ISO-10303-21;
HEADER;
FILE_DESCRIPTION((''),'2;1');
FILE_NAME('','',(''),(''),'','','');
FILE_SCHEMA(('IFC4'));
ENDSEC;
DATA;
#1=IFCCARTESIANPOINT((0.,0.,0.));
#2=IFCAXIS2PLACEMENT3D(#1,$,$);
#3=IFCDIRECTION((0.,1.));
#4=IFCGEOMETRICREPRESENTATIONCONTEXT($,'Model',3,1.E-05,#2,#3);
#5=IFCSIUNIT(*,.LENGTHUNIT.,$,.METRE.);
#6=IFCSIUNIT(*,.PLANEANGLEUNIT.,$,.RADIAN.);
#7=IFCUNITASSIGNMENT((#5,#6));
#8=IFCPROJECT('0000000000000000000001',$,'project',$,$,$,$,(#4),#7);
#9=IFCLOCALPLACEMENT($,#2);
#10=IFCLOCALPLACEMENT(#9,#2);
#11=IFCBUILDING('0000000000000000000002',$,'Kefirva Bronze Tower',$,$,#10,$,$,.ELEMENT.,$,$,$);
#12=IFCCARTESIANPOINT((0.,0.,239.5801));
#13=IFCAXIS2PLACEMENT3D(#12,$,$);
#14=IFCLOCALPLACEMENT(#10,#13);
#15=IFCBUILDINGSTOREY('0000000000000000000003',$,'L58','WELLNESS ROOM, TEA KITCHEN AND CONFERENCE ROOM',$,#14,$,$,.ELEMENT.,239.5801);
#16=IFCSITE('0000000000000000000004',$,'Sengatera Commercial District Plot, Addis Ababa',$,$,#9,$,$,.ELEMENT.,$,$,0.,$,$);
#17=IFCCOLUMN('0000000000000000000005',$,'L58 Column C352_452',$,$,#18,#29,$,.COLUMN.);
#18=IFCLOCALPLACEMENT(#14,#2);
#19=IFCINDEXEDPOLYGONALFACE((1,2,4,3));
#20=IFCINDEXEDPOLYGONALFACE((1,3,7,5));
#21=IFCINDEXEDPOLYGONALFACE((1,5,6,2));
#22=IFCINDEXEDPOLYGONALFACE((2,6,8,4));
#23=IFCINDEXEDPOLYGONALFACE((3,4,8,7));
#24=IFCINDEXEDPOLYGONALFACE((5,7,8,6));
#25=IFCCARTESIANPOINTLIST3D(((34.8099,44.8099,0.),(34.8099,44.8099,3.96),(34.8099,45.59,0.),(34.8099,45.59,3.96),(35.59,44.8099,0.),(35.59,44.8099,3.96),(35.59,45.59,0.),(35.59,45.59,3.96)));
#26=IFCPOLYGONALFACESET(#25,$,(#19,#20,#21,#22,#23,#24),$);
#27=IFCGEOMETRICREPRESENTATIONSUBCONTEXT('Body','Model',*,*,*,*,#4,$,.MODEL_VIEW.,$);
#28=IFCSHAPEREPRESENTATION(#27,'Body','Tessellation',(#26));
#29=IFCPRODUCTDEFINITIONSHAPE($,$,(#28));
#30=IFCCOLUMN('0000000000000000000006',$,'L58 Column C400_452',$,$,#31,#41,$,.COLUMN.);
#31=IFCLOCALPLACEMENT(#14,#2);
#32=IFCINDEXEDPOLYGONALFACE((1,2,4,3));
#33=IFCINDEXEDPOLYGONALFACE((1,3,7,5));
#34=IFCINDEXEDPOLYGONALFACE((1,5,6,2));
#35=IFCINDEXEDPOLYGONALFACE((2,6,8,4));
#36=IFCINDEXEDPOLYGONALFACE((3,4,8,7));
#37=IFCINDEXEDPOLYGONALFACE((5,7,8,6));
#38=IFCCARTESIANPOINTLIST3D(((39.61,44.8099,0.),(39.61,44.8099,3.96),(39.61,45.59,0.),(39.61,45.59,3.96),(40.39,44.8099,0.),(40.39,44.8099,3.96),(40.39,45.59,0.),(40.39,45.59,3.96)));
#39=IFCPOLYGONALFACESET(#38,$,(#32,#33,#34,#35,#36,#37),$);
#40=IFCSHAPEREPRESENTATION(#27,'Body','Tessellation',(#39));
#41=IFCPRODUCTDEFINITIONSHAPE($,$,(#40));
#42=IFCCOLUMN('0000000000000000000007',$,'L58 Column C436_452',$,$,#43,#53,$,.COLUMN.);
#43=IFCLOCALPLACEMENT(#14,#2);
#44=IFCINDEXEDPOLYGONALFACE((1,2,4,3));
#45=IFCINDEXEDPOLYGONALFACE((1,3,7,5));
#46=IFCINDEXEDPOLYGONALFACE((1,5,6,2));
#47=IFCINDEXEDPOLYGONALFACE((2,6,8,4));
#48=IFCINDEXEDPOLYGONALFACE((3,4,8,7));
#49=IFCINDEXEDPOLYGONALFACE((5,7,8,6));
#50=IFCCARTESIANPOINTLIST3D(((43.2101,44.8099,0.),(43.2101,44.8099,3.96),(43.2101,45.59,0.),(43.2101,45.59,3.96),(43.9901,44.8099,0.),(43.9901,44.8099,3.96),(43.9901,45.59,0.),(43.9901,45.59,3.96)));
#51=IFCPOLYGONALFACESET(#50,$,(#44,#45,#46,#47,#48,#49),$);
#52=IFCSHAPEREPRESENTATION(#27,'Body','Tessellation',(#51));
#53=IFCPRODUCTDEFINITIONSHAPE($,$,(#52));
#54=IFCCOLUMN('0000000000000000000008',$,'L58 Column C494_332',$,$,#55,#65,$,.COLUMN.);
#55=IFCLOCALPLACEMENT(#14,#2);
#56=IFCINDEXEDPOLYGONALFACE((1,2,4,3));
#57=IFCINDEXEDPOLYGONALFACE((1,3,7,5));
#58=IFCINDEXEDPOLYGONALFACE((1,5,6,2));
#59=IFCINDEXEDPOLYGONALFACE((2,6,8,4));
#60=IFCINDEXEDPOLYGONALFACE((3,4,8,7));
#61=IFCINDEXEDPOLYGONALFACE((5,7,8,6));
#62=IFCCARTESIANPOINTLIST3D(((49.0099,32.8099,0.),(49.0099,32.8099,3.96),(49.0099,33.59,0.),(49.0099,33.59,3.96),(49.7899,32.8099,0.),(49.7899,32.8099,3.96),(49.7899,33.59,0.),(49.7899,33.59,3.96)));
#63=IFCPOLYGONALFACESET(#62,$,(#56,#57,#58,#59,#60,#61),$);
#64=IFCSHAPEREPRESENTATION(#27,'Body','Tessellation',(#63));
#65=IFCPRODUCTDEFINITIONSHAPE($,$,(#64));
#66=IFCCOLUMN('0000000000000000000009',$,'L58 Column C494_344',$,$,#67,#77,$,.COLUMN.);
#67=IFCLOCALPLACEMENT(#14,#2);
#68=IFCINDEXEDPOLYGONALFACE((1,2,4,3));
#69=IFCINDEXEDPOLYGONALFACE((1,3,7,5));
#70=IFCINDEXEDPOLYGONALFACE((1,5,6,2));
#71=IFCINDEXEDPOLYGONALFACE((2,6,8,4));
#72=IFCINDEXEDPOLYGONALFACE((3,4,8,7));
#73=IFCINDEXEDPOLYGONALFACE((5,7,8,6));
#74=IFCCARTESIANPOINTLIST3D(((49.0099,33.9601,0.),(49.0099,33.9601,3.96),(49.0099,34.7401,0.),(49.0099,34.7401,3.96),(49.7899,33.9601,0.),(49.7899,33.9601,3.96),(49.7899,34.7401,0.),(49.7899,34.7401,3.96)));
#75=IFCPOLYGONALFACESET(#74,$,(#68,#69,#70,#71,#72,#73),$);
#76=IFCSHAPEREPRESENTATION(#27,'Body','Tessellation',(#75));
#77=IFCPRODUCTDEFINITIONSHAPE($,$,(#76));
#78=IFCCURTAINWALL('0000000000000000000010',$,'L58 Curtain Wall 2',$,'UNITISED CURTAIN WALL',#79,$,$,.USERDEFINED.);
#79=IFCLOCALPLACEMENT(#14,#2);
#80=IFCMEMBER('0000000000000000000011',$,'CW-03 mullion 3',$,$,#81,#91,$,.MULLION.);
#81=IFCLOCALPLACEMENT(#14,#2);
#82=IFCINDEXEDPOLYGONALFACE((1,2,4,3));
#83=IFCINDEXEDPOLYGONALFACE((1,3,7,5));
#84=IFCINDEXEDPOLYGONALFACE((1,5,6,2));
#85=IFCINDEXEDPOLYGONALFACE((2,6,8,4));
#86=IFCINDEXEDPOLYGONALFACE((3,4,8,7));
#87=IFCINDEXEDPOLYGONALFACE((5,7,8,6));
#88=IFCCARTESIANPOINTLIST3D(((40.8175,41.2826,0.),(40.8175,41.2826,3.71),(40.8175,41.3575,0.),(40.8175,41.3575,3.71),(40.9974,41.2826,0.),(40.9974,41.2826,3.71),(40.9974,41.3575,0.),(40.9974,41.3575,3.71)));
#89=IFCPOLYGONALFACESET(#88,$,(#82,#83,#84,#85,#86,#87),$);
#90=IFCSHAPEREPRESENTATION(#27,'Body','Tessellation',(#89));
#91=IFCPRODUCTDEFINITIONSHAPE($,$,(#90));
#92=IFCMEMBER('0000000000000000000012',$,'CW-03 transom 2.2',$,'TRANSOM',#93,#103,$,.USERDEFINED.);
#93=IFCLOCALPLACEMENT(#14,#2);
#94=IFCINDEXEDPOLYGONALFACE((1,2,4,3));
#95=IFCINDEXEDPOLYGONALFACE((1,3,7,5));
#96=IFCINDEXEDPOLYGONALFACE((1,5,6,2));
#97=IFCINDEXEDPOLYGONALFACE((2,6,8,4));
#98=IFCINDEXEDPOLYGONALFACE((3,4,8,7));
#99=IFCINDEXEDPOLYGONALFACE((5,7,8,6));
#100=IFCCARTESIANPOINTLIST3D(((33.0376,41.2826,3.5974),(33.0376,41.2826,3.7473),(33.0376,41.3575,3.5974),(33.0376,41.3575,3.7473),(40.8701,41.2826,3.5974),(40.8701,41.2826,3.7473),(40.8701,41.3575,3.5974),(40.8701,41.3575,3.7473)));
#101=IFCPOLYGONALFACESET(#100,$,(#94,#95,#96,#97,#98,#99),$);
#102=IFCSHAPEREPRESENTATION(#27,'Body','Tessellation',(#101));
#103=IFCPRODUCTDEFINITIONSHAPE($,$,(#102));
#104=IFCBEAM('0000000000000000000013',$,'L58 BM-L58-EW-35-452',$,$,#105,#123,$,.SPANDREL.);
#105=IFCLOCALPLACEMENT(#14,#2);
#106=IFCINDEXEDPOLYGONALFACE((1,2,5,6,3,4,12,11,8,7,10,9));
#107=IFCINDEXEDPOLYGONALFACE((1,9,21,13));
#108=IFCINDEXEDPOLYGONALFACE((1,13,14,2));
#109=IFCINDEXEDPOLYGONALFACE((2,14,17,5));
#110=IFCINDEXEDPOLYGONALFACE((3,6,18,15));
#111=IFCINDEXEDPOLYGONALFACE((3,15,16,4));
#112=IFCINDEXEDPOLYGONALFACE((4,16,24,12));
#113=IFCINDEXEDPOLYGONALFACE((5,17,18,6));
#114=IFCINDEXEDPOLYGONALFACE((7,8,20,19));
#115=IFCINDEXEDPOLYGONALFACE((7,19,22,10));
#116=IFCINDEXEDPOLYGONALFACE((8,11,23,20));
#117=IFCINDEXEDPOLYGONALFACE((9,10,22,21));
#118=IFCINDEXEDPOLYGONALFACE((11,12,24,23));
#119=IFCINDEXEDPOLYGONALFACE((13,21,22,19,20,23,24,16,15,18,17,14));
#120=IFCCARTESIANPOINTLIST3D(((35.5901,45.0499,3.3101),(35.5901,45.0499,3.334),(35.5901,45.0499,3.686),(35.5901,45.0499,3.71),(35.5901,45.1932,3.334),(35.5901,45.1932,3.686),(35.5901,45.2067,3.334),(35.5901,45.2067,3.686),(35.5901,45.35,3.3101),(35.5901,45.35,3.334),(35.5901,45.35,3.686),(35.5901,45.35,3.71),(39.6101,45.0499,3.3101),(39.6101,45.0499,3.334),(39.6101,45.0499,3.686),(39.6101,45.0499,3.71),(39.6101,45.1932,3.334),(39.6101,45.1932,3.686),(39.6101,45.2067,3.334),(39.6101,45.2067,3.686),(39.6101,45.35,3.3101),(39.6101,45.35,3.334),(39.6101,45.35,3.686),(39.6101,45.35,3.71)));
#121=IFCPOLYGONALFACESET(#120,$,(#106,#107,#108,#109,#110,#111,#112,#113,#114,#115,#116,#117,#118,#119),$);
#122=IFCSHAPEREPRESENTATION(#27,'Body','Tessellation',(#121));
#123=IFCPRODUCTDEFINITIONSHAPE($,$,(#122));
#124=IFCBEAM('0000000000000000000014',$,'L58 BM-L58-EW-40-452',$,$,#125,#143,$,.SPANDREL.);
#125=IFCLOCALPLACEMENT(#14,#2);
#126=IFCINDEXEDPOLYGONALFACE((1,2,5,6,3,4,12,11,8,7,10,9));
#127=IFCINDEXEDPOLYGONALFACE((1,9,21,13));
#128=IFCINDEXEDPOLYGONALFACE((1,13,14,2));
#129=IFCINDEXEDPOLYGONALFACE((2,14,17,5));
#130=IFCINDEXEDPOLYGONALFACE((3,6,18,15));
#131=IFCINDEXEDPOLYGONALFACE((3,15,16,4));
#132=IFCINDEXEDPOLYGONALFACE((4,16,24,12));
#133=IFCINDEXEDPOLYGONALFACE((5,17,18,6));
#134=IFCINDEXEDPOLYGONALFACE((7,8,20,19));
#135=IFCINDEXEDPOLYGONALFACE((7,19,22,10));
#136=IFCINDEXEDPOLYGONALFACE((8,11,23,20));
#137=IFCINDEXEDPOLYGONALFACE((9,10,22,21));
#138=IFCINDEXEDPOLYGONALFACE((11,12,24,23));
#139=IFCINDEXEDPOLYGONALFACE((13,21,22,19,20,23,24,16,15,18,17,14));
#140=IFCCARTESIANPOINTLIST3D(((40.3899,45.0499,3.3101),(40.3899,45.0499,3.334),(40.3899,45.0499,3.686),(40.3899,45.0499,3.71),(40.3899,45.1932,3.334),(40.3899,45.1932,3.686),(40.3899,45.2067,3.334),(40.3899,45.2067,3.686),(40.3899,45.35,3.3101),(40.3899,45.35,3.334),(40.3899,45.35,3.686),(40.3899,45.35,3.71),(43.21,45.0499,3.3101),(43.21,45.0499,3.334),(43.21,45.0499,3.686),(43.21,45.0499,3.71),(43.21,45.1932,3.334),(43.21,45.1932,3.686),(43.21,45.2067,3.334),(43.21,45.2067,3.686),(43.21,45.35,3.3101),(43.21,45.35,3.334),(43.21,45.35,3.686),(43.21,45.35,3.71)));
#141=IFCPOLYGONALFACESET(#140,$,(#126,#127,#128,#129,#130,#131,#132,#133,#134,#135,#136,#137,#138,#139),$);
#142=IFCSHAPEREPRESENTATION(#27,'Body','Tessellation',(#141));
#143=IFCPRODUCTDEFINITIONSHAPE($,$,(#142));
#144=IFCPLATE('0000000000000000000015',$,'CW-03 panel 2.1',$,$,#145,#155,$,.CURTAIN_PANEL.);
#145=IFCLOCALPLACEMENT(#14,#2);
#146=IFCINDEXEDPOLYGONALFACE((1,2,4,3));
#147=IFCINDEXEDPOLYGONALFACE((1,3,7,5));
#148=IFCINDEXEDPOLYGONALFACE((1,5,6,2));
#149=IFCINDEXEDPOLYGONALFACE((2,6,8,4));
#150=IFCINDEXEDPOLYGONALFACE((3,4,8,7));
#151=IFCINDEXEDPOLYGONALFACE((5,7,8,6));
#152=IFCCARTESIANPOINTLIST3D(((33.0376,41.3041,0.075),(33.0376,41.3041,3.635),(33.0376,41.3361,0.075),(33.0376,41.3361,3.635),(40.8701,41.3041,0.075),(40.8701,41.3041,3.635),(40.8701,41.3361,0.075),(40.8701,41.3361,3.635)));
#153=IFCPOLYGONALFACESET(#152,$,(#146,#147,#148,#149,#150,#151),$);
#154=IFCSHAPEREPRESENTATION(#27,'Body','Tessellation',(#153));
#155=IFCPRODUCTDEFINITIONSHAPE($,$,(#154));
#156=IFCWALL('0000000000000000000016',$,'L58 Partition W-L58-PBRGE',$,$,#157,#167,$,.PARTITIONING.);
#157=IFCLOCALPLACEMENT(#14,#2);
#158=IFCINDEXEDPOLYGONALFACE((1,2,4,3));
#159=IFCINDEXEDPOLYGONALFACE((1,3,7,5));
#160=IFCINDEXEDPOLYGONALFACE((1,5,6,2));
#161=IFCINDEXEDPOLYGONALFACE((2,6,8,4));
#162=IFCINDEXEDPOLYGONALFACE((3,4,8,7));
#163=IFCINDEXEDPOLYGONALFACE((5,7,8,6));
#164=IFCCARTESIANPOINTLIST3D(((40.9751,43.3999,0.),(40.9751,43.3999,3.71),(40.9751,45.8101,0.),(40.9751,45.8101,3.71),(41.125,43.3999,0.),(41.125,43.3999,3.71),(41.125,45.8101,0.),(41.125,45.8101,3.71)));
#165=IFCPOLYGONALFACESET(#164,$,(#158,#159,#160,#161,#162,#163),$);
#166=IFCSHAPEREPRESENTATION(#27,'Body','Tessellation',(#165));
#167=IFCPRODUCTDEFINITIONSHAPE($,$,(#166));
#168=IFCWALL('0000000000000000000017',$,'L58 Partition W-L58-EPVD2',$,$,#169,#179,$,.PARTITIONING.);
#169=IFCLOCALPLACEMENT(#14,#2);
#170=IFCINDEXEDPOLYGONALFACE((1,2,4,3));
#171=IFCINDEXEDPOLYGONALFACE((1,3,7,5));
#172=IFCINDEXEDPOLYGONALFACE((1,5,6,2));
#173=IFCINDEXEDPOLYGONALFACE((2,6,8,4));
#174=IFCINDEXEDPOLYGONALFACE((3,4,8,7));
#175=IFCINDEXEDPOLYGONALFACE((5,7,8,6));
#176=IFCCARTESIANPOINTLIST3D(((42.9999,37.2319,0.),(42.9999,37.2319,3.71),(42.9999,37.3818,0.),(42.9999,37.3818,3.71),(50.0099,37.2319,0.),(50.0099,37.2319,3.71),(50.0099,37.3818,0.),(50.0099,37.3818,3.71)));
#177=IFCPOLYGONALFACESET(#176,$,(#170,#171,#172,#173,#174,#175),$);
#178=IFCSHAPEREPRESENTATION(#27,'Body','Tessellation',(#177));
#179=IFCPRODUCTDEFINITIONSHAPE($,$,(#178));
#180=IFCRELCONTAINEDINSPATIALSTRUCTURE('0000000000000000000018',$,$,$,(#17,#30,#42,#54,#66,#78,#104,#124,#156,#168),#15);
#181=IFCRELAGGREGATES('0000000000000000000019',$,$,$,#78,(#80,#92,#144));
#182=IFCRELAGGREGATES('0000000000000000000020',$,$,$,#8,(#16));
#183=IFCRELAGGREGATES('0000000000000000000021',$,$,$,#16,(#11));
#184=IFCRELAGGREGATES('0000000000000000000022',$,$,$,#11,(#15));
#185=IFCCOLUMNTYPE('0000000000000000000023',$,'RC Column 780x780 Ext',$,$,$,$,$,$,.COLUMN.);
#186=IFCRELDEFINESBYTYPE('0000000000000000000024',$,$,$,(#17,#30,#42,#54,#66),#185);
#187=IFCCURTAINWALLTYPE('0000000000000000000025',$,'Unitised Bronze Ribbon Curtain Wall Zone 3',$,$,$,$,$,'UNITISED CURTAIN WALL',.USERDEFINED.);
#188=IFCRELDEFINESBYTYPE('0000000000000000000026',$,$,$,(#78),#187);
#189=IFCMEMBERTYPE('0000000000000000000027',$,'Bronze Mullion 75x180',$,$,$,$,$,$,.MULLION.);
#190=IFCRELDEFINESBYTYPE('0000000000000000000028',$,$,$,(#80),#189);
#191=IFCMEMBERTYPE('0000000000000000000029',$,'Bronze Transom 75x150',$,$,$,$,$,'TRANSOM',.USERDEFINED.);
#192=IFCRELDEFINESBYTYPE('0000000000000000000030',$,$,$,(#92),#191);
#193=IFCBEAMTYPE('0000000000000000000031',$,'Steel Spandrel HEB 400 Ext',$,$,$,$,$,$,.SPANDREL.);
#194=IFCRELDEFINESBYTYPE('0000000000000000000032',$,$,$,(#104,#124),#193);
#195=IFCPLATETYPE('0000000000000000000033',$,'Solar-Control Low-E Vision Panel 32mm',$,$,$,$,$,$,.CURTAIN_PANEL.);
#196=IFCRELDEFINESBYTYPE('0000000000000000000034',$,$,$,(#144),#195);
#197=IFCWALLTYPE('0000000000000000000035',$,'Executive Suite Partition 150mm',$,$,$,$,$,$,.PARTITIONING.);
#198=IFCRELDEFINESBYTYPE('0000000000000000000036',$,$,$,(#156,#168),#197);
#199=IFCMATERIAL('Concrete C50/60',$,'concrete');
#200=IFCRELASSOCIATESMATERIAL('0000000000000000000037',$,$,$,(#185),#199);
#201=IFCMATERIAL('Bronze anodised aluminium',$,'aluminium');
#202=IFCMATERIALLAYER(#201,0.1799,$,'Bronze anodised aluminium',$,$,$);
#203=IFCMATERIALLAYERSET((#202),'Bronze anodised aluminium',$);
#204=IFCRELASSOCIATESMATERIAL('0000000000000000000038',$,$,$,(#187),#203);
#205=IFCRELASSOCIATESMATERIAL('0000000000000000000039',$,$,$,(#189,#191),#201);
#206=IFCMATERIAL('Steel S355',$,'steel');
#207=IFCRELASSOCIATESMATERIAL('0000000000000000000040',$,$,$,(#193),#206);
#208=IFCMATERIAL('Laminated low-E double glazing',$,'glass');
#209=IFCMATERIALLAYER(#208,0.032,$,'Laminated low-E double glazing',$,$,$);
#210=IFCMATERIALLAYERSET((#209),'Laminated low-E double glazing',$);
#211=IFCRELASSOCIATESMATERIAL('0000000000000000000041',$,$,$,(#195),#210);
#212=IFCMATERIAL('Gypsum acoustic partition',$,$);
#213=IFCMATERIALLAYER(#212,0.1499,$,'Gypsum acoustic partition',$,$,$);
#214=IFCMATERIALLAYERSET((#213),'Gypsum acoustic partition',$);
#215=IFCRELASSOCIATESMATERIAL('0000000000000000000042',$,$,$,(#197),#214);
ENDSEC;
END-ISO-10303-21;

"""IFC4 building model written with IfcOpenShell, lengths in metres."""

from ifc_helpers import new_model, si_unit, direction, frame, frame_2d, origin, origin_2d, place, context, subcontext, project, spatial, rectangle, i_section, extrude, material, layer, layer_set, material_profile, profile_set, type_object, element, aggregate, save


model = new_model("IFC4")

# Units and contexts
model_context = context("Model", 3, precision=1e-05, world=origin(), true_north=direction((0.0, 1.0)))
body_context = subcontext(model_context, "Body", "Model", "MODEL_VIEW")
ifc_project = project(units=[si_unit("LENGTHUNIT", "METRE"), si_unit("PLANEANGLEUNIT", "RADIAN")], contexts=[model_context])

# Site, building, storey
site_placement = place(None, origin())
site = spatial("IfcSite", under=ifc_project, at=site_placement, Name="Sengatera Commercial District Plot, Addis Ababa", CompositionType="ELEMENT", RefElevation=0.0)
building_placement = place(site_placement, origin())
building = spatial("IfcBuilding", under=site, at=building_placement, Name="Kefirva Bronze Tower", CompositionType="ELEMENT")
storey_placement = place(building_placement, frame((0.0, 0.0, 239.5801)))
storey = spatial("IfcBuildingStorey", under=building, at=storey_placement, Name="L58", Description="WELLNESS ROOM, TEA KITCHEN AND CONFERENCE ROOM", CompositionType="ELEMENT", Elevation=239.5801)

# Columns
ifc_material_1 = material(Name="Concrete C50/60", Category="concrete")
ifc_material_profile_1 = material_profile(ifc_material_1, rectangle(XDim=0.78, YDim=0.78, at=origin_2d()), Name="RC 780x780")
ifc_profile_set_1 = profile_set([ifc_material_profile_1], Name="Concrete C50/60")
column_type = type_object("IfcColumnType", Name="RC Column 780x780 Ext", PredefinedType="COLUMN", material=ifc_profile_set_1)
for number, where, z_axis, x_axis, name in (
    (1, (35.2, 45.2, 0.0), (0.0, 0.0, 1.0), (1.0, 0.0, 0.0), "L58 Column C352_452"),
    (2, (40.0, 45.2, 0.0), (0.0, 0.0, 1.0), (1.0, 0.0, 0.0), "L58 Column C400_452"),
    (3, (43.6001, 45.2, 0.0), (0.0, 0.0, 1.0), (1.0, 0.0, 0.0), "L58 Column C436_452"),
    (4, (49.3999, 33.2, 0.0), (0.0, 0.0, 1.0), (1.0, 0.0, 0.0), "L58 Column C494_332"),
    (5, (49.3999, 34.3501, 0.0), (0.0, 0.0, 1.0), (1.0, 0.0, 0.0), "L58 Column C494_344"),
):
    element("IfcColumn", number, at=place(storey_placement, frame(where, z_axis=z_axis, x_axis=x_axis)), inside=storey, type_object=column_type, Name=name, PredefinedType="COLUMN", context=body_context, shape_type="SweptSolid", body=[
        extrude(rectangle(XDim=0.78, YDim=0.78, at=origin_2d()), origin(), (0.0, 0.0, 1.0), 3.96),
    ])

# Curtain wall, members
ifc_material_2 = material(Name="Bronze anodised aluminium", Category="aluminium")
ifc_layer_1 = layer(ifc_material_2, 0.1799, Name="Bronze anodised aluminium")
ifc_layer_set_1 = layer_set([ifc_layer_1], Name="Bronze anodised aluminium")
curtain_wall_type = type_object("IfcCurtainWallType", Name="Unitised Bronze Ribbon Curtain Wall Zone 3", ElementType="UNITISED CURTAIN WALL", PredefinedType="USERDEFINED", material=ifc_layer_set_1)
curtain_wall_placement = place(storey_placement, origin())
curtain_wall = element("IfcCurtainWall", 6, at=curtain_wall_placement, inside=storey, type_object=curtain_wall_type, Name="L58 Curtain Wall 2", ObjectType="UNITISED CURTAIN WALL", PredefinedType="USERDEFINED")
ifc_material_profile_2 = material_profile(ifc_material_2, rectangle(XDim=0.075, YDim=0.1799, at=origin_2d()), Name="ALU 75x180")
ifc_profile_set_2 = profile_set([ifc_material_profile_2], Name="Bronze anodised aluminium")
member_type_1 = type_object("IfcMemberType", Name="Bronze Mullion 75x180", PredefinedType="MULLION", material=ifc_profile_set_2)
member_1_placement = place(storey_placement, frame((40.9075, 41.3201, 0.0), z_axis=(0.0, 0.0, 1.0), x_axis=(0.0, 1.0, 0.0)))
member_1 = element("IfcMember", 7, at=member_1_placement, type_object=member_type_1, Name="CW-03 mullion 3", PredefinedType="MULLION", context=body_context, shape_type="SweptSolid", body=[
    extrude(rectangle(XDim=0.075, YDim=0.1799, at=origin_2d()), origin(), (0.0, 0.0, 1.0), 3.71),
])
ifc_material_profile_3 = material_profile(ifc_material_2, rectangle(XDim=0.075, YDim=0.1499, at=origin_2d()), Name="ALU 75x150")
ifc_profile_set_3 = profile_set([ifc_material_profile_3], Name="Bronze anodised aluminium")
member_type_2 = type_object("IfcMemberType", Name="Bronze Transom 75x150", ElementType="TRANSOM", PredefinedType="USERDEFINED", material=ifc_profile_set_3)
member_2_placement = place(storey_placement, frame((33.0376, 41.3201, 3.6724), z_axis=(1.0, 0.0, 0.0), x_axis=(0.0, 1.0, 0.0)))
member_2 = element("IfcMember", 8, at=member_2_placement, type_object=member_type_2, Name="CW-03 transom 2.2", ObjectType="TRANSOM", PredefinedType="USERDEFINED", context=body_context, shape_type="SweptSolid", body=[
    extrude(rectangle(XDim=0.075, YDim=0.1499, at=origin_2d()), origin(), (0.0, 0.0, 1.0), 7.8325),
])

# Beams
ifc_material_3 = material(Name="Steel S355", Category="steel")
ifc_material_profile_4 = material_profile(ifc_material_3, i_section(OverallWidth=0.3, OverallDepth=0.3999, WebThickness=0.0134, FlangeThickness=0.0239, at=origin_2d()), Name="HEB 400")
ifc_profile_set_4 = profile_set([ifc_material_profile_4], Name="Steel S355")
beam_type = type_object("IfcBeamType", Name="Steel Spandrel HEB 400 Ext", PredefinedType="SPANDREL", material=ifc_profile_set_4)
beam_1_placement = place(storey_placement, frame((35.5901, 45.2, 3.51), z_axis=(1.0, 0.0, 0.0), x_axis=(0.0, 1.0, 0.0)))
element("IfcBeam", 9, at=beam_1_placement, inside=storey, type_object=beam_type, Name="L58 BM-L58-EW-35-452", PredefinedType="SPANDREL", context=body_context, shape_type="SweptSolid", body=[
    extrude(i_section(OverallWidth=0.3, OverallDepth=0.3999, WebThickness=0.0134, FlangeThickness=0.0239, at=origin_2d()), origin(), (0.0, 0.0, 1.0), 4.02),
])
beam_2_placement = place(storey_placement, frame((40.3899, 45.2, 3.51), z_axis=(1.0, 0.0, 0.0), x_axis=(0.0, 1.0, 0.0)))
element("IfcBeam", 10, at=beam_2_placement, inside=storey, type_object=beam_type, Name="L58 BM-L58-EW-40-452", PredefinedType="SPANDREL", context=body_context, shape_type="SweptSolid", body=[
    extrude(i_section(OverallWidth=0.3, OverallDepth=0.3999, WebThickness=0.0134, FlangeThickness=0.0239, at=origin_2d()), origin(), (0.0, 0.0, 1.0), 2.8201),
])

# Plate
ifc_material_4 = material(Name="Laminated low-E double glazing", Category="glass")
ifc_layer_2 = layer(ifc_material_4, 0.032, Name="Laminated low-E double glazing")
ifc_layer_set_2 = layer_set([ifc_layer_2], Name="Laminated low-E double glazing")
plate_type = type_object("IfcPlateType", Name="Solar-Control Low-E Vision Panel 32mm", PredefinedType="CURTAIN_PANEL", material=ifc_layer_set_2)
plate_placement = place(storey_placement, frame((36.9539, 41.3201, 0.075), z_axis=(0.0, 0.0, 1.0), x_axis=(1.0, 0.0, 0.0)))
plate = element("IfcPlate", 11, at=plate_placement, type_object=plate_type, Name="CW-03 panel 2.1", PredefinedType="CURTAIN_PANEL", context=body_context, shape_type="SweptSolid", body=[
    extrude(rectangle(XDim=7.8325, YDim=0.032, at=origin_2d()), origin(), (0.0, 0.0, 1.0), 3.5601),
])
aggregate(curtain_wall, [member_1, member_2, plate])

# Walls
ifc_material_5 = material(Name="Gypsum acoustic partition")
ifc_layer_3 = layer(ifc_material_5, 0.1499, Name="Gypsum acoustic partition")
ifc_layer_set_3 = layer_set([ifc_layer_3], Name="Gypsum acoustic partition")
wall_type_1 = type_object("IfcWallType", Name="Executive Suite Partition 150mm", PredefinedType="PARTITIONING", material=ifc_layer_set_3)
wall_1_placement = place(storey_placement, frame((41.05, 43.3999, 0.0), z_axis=(0.0, 0.0, 1.0), x_axis=(0.0, 1.0, 0.0)))
element("IfcWall", 12, at=wall_1_placement, inside=storey, type_object=wall_type_1, Name="L58 Partition W-L58-PBRGE", PredefinedType="PARTITIONING", context=body_context, shape_type="SweptSolid", body=[
    extrude(rectangle(XDim=2.4102, YDim=0.1499, at=frame_2d((1.2051, 0.0))), origin(), (0.0, 0.0, 1.0), 3.71),
])
wall_2_placement = place(storey_placement, frame((43.0, 37.3069, 0.0), z_axis=(0.0, 0.0, 1.0), x_axis=(1.0, 0.0, 0.0)))
element("IfcWall", 13, at=wall_2_placement, inside=storey, type_object=wall_type_1, Name="L58 Partition W-L58-EPVD2", PredefinedType="PARTITIONING", context=body_context, shape_type="SweptSolid", body=[
    extrude(rectangle(XDim=7.01, YDim=0.1499, at=frame_2d((3.5049, 0.0))), origin(), (0.0, 0.0, 1.0), 3.71),
])

save(model, "model.ifc")
